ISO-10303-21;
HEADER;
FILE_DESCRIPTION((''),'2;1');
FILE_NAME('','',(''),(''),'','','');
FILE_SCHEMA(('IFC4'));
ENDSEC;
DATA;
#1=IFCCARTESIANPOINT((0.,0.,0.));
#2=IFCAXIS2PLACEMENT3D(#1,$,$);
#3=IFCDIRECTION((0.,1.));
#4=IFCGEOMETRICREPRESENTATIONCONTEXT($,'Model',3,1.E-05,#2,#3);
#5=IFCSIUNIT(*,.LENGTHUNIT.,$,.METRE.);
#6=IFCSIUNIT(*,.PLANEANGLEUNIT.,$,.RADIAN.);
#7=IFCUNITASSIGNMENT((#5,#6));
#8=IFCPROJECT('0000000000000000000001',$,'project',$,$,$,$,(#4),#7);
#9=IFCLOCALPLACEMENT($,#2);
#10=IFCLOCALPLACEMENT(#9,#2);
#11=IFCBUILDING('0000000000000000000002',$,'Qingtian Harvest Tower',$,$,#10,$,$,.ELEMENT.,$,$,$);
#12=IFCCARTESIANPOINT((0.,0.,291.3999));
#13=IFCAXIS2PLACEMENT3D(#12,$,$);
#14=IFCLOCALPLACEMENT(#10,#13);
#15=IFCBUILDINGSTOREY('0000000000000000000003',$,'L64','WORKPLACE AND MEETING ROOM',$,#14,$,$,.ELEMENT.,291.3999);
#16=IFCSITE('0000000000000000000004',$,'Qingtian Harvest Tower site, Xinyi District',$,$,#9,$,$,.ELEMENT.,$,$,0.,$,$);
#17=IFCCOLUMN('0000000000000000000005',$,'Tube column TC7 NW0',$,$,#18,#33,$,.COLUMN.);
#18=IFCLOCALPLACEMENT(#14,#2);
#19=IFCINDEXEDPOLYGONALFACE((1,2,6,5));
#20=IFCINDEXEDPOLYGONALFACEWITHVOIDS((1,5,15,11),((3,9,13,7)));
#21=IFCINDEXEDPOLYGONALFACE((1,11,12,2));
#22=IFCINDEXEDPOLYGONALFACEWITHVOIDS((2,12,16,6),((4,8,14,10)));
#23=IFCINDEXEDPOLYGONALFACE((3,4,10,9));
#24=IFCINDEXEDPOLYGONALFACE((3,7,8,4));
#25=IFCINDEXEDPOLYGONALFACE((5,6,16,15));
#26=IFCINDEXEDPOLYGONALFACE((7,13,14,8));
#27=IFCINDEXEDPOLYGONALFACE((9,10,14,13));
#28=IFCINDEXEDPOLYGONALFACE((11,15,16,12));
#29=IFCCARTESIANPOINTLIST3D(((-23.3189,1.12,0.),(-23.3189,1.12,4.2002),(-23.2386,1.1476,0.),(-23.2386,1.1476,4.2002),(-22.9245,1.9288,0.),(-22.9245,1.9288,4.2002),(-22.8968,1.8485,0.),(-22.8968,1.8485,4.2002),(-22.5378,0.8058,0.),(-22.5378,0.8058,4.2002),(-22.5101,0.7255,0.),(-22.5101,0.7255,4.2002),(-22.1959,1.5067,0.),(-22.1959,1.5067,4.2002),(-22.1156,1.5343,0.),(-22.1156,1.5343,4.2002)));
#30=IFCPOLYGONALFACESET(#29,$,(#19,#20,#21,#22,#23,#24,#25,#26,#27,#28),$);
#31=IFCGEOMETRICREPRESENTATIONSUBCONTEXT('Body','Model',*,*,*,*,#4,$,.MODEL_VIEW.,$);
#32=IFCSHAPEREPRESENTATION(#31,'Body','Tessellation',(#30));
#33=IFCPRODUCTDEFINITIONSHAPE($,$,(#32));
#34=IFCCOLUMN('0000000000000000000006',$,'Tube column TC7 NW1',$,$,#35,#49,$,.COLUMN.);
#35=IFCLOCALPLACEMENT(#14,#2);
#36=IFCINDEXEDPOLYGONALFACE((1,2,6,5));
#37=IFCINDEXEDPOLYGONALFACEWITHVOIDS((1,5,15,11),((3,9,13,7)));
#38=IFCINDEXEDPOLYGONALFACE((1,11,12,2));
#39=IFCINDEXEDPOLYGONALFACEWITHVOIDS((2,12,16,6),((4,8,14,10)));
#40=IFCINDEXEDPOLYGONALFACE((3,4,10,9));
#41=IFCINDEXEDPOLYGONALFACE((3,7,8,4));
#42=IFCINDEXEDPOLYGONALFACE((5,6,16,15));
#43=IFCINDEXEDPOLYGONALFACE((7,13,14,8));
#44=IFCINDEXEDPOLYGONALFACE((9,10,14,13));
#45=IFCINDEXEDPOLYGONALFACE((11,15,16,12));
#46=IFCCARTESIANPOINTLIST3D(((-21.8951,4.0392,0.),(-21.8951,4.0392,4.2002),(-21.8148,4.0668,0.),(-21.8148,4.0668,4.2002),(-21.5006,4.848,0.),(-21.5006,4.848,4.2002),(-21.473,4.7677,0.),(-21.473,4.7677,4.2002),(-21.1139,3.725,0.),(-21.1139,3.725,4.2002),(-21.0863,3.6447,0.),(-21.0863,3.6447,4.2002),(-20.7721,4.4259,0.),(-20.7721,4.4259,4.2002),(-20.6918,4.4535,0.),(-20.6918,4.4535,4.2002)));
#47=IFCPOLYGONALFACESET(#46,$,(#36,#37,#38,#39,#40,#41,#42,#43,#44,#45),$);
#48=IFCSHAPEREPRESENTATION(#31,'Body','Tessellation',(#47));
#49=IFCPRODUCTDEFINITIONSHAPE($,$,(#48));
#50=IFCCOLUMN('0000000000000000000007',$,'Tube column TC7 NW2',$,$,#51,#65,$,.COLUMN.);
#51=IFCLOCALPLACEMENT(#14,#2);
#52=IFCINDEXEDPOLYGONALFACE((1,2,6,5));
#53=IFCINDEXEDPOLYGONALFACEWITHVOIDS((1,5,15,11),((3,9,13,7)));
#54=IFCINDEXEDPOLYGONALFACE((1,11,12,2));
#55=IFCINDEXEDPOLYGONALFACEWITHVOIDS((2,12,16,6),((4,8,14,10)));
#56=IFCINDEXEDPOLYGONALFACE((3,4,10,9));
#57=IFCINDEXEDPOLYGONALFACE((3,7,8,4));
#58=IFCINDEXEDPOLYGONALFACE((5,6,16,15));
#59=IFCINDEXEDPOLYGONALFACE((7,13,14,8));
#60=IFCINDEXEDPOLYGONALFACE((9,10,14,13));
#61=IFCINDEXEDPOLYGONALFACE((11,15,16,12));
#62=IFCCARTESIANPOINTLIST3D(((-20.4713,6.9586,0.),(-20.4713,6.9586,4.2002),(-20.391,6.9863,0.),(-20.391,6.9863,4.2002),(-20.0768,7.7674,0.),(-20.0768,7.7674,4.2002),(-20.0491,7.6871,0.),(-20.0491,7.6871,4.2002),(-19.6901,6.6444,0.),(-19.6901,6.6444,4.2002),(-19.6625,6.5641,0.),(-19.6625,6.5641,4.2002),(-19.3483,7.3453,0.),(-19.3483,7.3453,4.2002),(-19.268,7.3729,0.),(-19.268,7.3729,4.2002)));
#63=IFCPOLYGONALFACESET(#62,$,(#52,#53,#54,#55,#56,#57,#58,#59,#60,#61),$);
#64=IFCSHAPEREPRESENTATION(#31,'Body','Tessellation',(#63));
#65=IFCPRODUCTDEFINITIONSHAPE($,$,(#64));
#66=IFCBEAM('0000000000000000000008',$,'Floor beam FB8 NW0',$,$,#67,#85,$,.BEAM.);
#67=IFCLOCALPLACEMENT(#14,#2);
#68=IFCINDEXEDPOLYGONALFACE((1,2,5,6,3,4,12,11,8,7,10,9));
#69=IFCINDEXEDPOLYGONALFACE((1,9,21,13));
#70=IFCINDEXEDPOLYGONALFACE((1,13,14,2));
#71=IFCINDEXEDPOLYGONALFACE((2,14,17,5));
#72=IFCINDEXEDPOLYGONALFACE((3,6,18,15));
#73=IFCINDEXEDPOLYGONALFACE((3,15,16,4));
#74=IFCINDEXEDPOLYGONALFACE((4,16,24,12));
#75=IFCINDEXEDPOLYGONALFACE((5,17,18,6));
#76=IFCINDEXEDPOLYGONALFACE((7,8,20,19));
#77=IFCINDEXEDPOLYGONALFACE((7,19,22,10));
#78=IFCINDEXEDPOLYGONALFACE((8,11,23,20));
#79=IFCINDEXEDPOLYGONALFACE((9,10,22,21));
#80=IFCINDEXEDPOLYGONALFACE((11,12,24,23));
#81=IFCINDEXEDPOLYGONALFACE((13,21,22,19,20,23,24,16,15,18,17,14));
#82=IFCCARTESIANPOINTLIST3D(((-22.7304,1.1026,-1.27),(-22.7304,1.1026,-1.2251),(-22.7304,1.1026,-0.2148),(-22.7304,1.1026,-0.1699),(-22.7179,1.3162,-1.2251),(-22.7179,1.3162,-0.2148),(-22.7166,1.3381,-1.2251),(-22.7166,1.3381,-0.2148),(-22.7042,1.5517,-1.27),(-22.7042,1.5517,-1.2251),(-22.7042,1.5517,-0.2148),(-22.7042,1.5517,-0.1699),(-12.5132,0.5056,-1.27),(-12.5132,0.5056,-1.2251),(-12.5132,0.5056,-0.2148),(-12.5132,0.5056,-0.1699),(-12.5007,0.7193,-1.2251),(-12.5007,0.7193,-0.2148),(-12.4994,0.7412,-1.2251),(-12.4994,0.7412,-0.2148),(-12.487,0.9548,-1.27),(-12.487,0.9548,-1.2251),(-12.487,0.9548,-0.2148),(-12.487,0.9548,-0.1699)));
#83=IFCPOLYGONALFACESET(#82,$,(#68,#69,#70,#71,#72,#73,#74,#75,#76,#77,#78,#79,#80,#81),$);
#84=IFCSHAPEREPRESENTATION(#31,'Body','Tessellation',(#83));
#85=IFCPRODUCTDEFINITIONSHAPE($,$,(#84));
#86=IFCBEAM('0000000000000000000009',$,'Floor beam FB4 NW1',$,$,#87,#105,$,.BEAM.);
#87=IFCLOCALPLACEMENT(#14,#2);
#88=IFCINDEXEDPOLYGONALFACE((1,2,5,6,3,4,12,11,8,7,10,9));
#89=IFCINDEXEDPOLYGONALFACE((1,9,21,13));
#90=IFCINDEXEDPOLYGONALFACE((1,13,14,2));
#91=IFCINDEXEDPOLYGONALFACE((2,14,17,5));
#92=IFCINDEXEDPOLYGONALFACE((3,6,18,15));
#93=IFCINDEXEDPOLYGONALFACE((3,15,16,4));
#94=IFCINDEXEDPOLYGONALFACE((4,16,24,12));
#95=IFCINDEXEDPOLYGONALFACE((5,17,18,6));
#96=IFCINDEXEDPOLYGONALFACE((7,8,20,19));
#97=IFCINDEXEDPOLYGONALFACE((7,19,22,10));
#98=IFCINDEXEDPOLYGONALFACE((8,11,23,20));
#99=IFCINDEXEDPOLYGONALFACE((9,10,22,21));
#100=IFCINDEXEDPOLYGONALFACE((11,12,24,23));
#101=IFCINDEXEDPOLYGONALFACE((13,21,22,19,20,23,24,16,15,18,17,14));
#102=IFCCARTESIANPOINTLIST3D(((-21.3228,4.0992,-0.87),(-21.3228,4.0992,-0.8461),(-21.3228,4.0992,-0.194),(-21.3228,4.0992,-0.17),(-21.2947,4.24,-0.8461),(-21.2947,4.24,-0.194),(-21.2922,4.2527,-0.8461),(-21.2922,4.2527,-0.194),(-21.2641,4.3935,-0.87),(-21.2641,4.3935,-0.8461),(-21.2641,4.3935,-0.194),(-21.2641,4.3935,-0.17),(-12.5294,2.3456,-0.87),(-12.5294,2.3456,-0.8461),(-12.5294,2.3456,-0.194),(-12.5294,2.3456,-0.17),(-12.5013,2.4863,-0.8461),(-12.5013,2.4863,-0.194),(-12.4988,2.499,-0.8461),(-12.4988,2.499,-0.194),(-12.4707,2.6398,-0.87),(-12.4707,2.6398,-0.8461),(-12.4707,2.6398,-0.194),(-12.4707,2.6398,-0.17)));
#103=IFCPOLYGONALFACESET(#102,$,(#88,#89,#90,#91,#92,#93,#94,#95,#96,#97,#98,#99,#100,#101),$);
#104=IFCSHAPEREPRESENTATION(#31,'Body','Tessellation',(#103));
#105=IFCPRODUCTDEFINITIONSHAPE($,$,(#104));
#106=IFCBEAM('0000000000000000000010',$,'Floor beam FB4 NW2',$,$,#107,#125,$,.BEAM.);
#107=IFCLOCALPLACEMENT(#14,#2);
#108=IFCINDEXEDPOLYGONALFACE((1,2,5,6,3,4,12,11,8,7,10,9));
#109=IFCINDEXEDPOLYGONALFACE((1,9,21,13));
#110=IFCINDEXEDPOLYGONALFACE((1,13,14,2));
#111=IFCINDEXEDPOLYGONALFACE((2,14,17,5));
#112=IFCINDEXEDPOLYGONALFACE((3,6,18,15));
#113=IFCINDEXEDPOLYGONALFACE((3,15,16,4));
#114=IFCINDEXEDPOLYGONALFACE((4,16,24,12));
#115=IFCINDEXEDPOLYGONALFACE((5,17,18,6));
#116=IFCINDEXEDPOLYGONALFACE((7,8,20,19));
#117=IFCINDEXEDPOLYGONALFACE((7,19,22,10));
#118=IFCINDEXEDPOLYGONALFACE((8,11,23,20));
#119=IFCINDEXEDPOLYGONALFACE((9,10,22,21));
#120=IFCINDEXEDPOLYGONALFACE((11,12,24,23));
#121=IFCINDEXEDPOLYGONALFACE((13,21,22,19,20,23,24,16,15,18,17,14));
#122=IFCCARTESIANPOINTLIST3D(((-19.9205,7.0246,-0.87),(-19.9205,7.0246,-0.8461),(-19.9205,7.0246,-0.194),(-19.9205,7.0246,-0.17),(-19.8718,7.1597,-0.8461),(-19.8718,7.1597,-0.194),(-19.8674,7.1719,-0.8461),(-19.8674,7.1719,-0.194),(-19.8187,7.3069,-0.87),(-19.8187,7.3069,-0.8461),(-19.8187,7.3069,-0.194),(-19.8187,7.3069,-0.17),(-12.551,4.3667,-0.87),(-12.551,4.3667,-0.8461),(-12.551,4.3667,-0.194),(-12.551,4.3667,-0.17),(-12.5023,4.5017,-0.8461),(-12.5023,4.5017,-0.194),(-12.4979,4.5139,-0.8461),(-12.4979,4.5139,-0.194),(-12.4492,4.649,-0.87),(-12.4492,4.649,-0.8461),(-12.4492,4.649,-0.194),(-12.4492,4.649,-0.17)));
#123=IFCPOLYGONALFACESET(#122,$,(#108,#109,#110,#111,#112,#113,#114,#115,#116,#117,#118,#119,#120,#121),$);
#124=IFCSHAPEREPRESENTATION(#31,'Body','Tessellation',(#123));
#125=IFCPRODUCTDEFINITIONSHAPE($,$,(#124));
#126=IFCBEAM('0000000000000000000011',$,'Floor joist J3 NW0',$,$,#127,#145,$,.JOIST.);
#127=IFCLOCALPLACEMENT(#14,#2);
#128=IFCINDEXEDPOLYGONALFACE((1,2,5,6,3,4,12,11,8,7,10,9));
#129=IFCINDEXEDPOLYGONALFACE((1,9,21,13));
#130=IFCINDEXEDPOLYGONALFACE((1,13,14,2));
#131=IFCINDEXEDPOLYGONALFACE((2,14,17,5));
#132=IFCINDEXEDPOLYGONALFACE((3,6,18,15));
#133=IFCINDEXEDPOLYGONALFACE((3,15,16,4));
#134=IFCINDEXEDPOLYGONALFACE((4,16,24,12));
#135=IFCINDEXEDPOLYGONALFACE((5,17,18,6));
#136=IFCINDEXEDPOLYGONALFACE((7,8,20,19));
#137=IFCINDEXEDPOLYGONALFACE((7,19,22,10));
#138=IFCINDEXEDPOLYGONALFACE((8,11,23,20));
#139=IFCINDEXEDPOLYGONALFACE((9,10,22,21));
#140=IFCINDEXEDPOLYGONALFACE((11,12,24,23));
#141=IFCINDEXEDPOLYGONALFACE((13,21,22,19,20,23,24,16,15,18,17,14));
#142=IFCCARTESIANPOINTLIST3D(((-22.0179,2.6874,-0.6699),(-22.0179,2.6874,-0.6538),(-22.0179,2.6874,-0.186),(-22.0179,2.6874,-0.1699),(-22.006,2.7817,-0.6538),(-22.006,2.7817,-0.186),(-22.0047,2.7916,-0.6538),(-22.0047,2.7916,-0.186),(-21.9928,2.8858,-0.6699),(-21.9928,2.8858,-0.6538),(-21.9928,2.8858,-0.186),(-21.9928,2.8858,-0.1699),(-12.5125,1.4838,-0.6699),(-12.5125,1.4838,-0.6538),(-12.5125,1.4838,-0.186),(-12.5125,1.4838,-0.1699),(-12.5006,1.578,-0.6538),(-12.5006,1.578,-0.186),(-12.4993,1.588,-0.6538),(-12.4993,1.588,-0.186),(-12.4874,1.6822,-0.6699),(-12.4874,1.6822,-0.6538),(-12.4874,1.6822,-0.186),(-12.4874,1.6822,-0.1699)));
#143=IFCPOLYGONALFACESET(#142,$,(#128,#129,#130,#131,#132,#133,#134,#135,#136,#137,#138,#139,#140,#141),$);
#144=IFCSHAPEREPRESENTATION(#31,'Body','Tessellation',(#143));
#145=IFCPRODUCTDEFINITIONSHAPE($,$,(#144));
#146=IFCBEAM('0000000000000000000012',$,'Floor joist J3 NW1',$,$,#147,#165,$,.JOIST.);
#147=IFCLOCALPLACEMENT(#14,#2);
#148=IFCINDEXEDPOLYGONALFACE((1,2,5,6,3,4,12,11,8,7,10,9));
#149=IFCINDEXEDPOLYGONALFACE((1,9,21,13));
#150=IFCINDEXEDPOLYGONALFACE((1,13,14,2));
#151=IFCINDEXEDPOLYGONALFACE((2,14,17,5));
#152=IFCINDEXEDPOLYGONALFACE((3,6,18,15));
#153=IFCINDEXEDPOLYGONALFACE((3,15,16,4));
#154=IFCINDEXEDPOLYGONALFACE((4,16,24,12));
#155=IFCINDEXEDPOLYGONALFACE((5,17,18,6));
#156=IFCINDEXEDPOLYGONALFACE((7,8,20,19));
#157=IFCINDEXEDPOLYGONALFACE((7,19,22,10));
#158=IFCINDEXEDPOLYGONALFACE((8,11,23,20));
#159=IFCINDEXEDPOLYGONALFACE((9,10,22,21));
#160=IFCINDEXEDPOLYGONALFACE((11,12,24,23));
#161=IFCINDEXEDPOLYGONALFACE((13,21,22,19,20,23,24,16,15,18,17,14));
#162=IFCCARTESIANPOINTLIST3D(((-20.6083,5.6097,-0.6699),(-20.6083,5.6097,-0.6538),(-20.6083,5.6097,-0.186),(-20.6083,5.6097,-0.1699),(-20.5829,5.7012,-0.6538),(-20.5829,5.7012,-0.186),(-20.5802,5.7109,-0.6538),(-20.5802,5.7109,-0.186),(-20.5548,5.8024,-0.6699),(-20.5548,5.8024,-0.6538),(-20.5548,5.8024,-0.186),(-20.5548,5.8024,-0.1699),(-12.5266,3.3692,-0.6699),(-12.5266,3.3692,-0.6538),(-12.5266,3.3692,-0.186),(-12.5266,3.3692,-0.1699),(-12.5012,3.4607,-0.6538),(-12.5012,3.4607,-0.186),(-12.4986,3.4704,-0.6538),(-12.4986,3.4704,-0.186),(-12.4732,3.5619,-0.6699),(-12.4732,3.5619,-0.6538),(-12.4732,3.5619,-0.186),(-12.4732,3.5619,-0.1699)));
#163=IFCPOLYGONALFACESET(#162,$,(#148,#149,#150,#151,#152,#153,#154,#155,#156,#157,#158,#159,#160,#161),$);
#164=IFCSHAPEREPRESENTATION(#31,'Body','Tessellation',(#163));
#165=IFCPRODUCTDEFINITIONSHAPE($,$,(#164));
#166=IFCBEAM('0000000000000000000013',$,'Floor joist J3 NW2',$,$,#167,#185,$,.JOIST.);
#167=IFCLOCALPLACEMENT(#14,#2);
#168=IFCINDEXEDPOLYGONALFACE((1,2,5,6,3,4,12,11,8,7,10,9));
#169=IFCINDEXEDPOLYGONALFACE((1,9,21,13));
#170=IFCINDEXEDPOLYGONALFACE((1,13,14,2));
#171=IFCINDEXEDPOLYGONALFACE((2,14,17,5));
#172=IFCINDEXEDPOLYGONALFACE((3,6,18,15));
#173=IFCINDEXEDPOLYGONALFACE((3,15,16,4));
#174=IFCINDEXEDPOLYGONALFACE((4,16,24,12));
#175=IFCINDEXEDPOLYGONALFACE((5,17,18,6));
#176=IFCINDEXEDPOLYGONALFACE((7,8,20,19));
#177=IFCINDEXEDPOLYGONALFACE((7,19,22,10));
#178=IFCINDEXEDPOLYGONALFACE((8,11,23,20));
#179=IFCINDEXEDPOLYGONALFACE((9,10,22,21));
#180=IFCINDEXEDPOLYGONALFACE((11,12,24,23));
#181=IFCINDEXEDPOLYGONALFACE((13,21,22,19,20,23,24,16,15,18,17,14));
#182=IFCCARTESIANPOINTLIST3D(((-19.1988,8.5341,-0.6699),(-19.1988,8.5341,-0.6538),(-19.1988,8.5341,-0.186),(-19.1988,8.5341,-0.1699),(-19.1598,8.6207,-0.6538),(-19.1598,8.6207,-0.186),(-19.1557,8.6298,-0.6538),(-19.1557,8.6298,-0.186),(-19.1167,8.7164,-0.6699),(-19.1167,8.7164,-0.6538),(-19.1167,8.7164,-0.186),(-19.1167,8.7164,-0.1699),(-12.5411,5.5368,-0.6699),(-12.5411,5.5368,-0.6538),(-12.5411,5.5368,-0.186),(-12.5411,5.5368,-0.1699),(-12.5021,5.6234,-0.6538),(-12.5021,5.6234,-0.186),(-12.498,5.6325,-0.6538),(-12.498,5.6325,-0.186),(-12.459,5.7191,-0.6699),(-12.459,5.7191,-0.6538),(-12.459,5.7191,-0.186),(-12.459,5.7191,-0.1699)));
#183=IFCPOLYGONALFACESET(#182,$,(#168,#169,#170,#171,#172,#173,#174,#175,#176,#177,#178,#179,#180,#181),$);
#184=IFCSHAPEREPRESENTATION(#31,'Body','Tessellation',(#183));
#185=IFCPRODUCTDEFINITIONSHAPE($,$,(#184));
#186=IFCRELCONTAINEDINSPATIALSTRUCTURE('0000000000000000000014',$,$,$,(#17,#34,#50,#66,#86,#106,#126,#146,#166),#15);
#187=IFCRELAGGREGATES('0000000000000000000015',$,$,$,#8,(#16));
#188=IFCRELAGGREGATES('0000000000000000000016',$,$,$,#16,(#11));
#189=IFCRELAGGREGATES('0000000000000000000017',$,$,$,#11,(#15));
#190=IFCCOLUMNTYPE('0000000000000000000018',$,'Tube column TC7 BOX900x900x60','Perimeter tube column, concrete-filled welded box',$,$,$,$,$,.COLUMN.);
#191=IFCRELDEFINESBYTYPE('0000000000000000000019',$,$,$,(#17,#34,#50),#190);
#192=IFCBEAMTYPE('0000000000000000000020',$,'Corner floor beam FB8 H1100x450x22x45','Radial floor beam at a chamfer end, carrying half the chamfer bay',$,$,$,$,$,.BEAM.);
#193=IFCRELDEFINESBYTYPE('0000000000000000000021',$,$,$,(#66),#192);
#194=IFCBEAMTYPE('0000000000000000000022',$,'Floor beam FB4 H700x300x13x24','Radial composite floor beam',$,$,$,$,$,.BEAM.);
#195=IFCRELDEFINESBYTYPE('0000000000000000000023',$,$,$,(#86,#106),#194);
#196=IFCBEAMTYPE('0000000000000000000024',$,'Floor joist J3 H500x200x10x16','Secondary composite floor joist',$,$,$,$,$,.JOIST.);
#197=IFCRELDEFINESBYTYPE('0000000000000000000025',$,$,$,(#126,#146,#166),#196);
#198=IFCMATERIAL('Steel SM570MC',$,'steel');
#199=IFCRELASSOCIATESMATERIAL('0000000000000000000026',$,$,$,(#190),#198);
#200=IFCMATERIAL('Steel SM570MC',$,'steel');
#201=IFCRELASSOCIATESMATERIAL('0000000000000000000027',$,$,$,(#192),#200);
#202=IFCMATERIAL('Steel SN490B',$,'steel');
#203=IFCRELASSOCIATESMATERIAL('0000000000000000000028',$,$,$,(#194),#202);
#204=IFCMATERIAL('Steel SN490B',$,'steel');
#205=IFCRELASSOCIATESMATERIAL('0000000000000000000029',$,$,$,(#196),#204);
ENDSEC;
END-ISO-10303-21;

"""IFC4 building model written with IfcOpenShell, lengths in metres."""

from ifc_helpers import new_model, si_unit, direction, frame, origin, origin_2d, place, context, subcontext, project, spatial, hollow_rectangle, i_section, extrude, material, material_profile, profile_set, type_object, element, save


model = new_model("IFC4")

# Units and contexts
model_context = context("Model", 3, precision=1e-05, world=origin(), true_north=direction((0.0, 1.0)))
body_context = subcontext(model_context, "Body", "Model", "MODEL_VIEW")
ifc_project = project(units=[si_unit("LENGTHUNIT", "METRE"), si_unit("PLANEANGLEUNIT", "RADIAN")], contexts=[model_context])

# Site, building, storey
site_placement = place(None, origin())
site = spatial("IfcSite", under=ifc_project, at=site_placement, Name="Qingtian Harvest Tower site, Xinyi District", CompositionType="ELEMENT", RefElevation=0.0)
building_placement = place(site_placement, origin())
building = spatial("IfcBuilding", under=site, at=building_placement, Name="Qingtian Harvest Tower", CompositionType="ELEMENT")
storey_placement = place(building_placement, frame((0.0, 0.0, 291.3999)))
storey = spatial("IfcBuildingStorey", under=building, at=storey_placement, Name="L64", Description="WORKPLACE AND MEETING ROOM", CompositionType="ELEMENT", Elevation=291.3999)

# Columns
ifc_material_1 = material(Name="Steel SM570MC", Category="steel")
ifc_material_profile_1 = material_profile(ifc_material_1, hollow_rectangle(XDim=0.8999, YDim=0.8999, WallThickness=0.0601, at=origin_2d()), Name="BOX900x900x60")
ifc_profile_set_1 = profile_set([ifc_material_profile_1], Name="Steel SM570MC")
column_type = type_object("IfcColumnType", Name="Tube column TC7 BOX900x900x60", Description="Perimeter tube column, concrete-filled welded box", PredefinedType="COLUMN", material=ifc_profile_set_1)
for number, where, z_axis, x_axis, name in (
    (1, (-22.7173, 1.3271, 0.0), (0.0, 0.0, 1.0), (-0.438371, -0.898794, 0.0), "Tube column TC7 NW0"),
    (2, (-21.2935, 4.2463, 0.0), (0.0, 0.0, 1.0), (-0.438371, -0.898794, 0.0), "Tube column TC7 NW1"),
    (3, (-19.8696, 7.1658, 0.0), (0.0, 0.0, 1.0), (-0.438371, -0.898794, 0.0), "Tube column TC7 NW2"),
):
    element("IfcColumn", number, at=place(storey_placement, frame(where, z_axis=z_axis, x_axis=x_axis)), inside=storey, type_object=column_type, Name=name, PredefinedType="COLUMN", context=body_context, shape_type="SweptSolid", body=[
        extrude(hollow_rectangle(XDim=0.8999, YDim=0.8999, WallThickness=0.0601, at=origin_2d()), origin(), (0.0, 0.0, 1.0), 4.2002),
    ])

# Beams
ifc_material_2 = material(Name="Steel SM570MC", Category="steel")
ifc_material_profile_2 = material_profile(ifc_material_2, i_section(OverallWidth=0.45, OverallDepth=1.1001, WebThickness=0.022, FlangeThickness=0.0449, at=origin_2d()), Name="H1100x450x22x45")
ifc_profile_set_2 = profile_set([ifc_material_profile_2], Name="Steel SM570MC")
beam_type_1 = type_object("IfcBeamType", Name="Corner floor beam FB8 H1100x450x22x45", Description="Radial floor beam at a chamfer end, carrying half the chamfer bay", PredefinedType="BEAM", material=ifc_profile_set_2)
beam_1_placement = place(storey_placement, frame((-22.7173, 1.3271, -0.72), z_axis=(0.998298, -0.058323, 0.0), x_axis=(0.058323, 0.998298, 0.0)))
element("IfcBeam", 4, at=beam_1_placement, inside=storey, type_object=beam_type_1, Name="Floor beam FB8 NW0", PredefinedType="BEAM", context=body_context, shape_type="SweptSolid", body=[
    extrude(i_section(OverallWidth=0.45, OverallDepth=1.1001, WebThickness=0.022, FlangeThickness=0.0449, at=origin_2d()), origin(), (0.0, 0.0, 1.0), 10.2346),
])
ifc_material_3 = material(Name="Steel SN490B", Category="steel")
ifc_material_profile_3 = material_profile(ifc_material_3, i_section(OverallWidth=0.3, OverallDepth=0.7, WebThickness=0.0129, FlangeThickness=0.0239, at=origin_2d()), Name="H700x300x13x24")
ifc_profile_set_3 = profile_set([ifc_material_profile_3], Name="Steel SN490B")
beam_type_2 = type_object("IfcBeamType", Name="Floor beam FB4 H700x300x13x24", Description="Radial composite floor beam", PredefinedType="BEAM", material=ifc_profile_set_3)
beam_2_placement = place(storey_placement, frame((-21.2935, 4.2463, -0.52), z_axis=(0.980688, -0.195577, 0.0), x_axis=(0.195577, 0.980688, 0.0)))
element("IfcBeam", 5, at=beam_2_placement, inside=storey, type_object=beam_type_2, Name="Floor beam FB4 NW1", PredefinedType="BEAM", context=body_context, shape_type="SweptSolid", body=[
    extrude(i_section(OverallWidth=0.3, OverallDepth=0.7, WebThickness=0.0129, FlangeThickness=0.0239, at=origin_2d()), origin(), (0.0, 0.0, 1.0), 8.9666),
])
beam_3_placement = place(storey_placement, frame((-19.8696, 7.1658, -0.52), z_axis=(0.940688, -0.339272, 0.0), x_axis=(0.339272, 0.940688, 0.0)))
element("IfcBeam", 6, at=beam_3_placement, inside=storey, type_object=beam_type_2, Name="Floor beam FB4 NW2", PredefinedType="BEAM", context=body_context, shape_type="SweptSolid", body=[
    extrude(i_section(OverallWidth=0.3, OverallDepth=0.7, WebThickness=0.0129, FlangeThickness=0.0239, at=origin_2d()), origin(), (0.0, 0.0, 1.0), 7.8342),
])
ifc_material_4 = material(Name="Steel SN490B", Category="steel")
ifc_material_profile_4 = material_profile(ifc_material_4, i_section(OverallWidth=0.2, OverallDepth=0.5, WebThickness=0.01, FlangeThickness=0.0161, at=origin_2d()), Name="H500x200x10x16")
ifc_profile_set_4 = profile_set([ifc_material_profile_4], Name="Steel SN490B")
beam_type_3 = type_object("IfcBeamType", Name="Floor joist J3 H500x200x10x16", Description="Secondary composite floor joist", PredefinedType="JOIST", material=ifc_profile_set_4)
beam_4_placement = place(storey_placement, frame((-22.0054, 2.7866, -0.4199), z_axis=(0.992078, -0.125621, 0.0), x_axis=(0.125621, 0.992078, 0.0)))
element("IfcBeam", 7, at=beam_4_placement, inside=storey, type_object=beam_type_3, Name="Floor joist J3 NW0", PredefinedType="JOIST", context=body_context, shape_type="SweptSolid", body=[
    extrude(i_section(OverallWidth=0.2, OverallDepth=0.5, WebThickness=0.01, FlangeThickness=0.0161, at=origin_2d()), origin(), (0.0, 0.0, 1.0), 9.5813),
])
beam_5_placement = place(storey_placement, frame((-20.5815, 5.7061, -0.4199), z_axis=(0.963653, -0.267157, 0.0), x_axis=(0.267157, 0.963653, 0.0)))
element("IfcBeam", 8, at=beam_5_placement, inside=storey, type_object=beam_type_3, Name="Floor joist J3 NW1", PredefinedType="JOIST", context=body_context, shape_type="SweptSolid", body=[
    extrude(i_section(OverallWidth=0.2, OverallDepth=0.5, WebThickness=0.01, FlangeThickness=0.0161, at=origin_2d()), origin(), (0.0, 0.0, 1.0), 8.3865),
])
beam_6_placement = place(storey_placement, frame((-19.1577, 8.6252, -0.4199), z_axis=(0.911853, -0.410518, 0.0), x_axis=(0.410518, 0.911853, 0.0)))
element("IfcBeam", 9, at=beam_6_placement, inside=storey, type_object=beam_type_3, Name="Floor joist J3 NW2", PredefinedType="JOIST", context=body_context, shape_type="SweptSolid", body=[
    extrude(i_section(OverallWidth=0.2, OverallDepth=0.5, WebThickness=0.01, FlangeThickness=0.0161, at=origin_2d()), origin(), (0.0, 0.0, 1.0), 7.3013),
])

save(model, "model.ifc")
